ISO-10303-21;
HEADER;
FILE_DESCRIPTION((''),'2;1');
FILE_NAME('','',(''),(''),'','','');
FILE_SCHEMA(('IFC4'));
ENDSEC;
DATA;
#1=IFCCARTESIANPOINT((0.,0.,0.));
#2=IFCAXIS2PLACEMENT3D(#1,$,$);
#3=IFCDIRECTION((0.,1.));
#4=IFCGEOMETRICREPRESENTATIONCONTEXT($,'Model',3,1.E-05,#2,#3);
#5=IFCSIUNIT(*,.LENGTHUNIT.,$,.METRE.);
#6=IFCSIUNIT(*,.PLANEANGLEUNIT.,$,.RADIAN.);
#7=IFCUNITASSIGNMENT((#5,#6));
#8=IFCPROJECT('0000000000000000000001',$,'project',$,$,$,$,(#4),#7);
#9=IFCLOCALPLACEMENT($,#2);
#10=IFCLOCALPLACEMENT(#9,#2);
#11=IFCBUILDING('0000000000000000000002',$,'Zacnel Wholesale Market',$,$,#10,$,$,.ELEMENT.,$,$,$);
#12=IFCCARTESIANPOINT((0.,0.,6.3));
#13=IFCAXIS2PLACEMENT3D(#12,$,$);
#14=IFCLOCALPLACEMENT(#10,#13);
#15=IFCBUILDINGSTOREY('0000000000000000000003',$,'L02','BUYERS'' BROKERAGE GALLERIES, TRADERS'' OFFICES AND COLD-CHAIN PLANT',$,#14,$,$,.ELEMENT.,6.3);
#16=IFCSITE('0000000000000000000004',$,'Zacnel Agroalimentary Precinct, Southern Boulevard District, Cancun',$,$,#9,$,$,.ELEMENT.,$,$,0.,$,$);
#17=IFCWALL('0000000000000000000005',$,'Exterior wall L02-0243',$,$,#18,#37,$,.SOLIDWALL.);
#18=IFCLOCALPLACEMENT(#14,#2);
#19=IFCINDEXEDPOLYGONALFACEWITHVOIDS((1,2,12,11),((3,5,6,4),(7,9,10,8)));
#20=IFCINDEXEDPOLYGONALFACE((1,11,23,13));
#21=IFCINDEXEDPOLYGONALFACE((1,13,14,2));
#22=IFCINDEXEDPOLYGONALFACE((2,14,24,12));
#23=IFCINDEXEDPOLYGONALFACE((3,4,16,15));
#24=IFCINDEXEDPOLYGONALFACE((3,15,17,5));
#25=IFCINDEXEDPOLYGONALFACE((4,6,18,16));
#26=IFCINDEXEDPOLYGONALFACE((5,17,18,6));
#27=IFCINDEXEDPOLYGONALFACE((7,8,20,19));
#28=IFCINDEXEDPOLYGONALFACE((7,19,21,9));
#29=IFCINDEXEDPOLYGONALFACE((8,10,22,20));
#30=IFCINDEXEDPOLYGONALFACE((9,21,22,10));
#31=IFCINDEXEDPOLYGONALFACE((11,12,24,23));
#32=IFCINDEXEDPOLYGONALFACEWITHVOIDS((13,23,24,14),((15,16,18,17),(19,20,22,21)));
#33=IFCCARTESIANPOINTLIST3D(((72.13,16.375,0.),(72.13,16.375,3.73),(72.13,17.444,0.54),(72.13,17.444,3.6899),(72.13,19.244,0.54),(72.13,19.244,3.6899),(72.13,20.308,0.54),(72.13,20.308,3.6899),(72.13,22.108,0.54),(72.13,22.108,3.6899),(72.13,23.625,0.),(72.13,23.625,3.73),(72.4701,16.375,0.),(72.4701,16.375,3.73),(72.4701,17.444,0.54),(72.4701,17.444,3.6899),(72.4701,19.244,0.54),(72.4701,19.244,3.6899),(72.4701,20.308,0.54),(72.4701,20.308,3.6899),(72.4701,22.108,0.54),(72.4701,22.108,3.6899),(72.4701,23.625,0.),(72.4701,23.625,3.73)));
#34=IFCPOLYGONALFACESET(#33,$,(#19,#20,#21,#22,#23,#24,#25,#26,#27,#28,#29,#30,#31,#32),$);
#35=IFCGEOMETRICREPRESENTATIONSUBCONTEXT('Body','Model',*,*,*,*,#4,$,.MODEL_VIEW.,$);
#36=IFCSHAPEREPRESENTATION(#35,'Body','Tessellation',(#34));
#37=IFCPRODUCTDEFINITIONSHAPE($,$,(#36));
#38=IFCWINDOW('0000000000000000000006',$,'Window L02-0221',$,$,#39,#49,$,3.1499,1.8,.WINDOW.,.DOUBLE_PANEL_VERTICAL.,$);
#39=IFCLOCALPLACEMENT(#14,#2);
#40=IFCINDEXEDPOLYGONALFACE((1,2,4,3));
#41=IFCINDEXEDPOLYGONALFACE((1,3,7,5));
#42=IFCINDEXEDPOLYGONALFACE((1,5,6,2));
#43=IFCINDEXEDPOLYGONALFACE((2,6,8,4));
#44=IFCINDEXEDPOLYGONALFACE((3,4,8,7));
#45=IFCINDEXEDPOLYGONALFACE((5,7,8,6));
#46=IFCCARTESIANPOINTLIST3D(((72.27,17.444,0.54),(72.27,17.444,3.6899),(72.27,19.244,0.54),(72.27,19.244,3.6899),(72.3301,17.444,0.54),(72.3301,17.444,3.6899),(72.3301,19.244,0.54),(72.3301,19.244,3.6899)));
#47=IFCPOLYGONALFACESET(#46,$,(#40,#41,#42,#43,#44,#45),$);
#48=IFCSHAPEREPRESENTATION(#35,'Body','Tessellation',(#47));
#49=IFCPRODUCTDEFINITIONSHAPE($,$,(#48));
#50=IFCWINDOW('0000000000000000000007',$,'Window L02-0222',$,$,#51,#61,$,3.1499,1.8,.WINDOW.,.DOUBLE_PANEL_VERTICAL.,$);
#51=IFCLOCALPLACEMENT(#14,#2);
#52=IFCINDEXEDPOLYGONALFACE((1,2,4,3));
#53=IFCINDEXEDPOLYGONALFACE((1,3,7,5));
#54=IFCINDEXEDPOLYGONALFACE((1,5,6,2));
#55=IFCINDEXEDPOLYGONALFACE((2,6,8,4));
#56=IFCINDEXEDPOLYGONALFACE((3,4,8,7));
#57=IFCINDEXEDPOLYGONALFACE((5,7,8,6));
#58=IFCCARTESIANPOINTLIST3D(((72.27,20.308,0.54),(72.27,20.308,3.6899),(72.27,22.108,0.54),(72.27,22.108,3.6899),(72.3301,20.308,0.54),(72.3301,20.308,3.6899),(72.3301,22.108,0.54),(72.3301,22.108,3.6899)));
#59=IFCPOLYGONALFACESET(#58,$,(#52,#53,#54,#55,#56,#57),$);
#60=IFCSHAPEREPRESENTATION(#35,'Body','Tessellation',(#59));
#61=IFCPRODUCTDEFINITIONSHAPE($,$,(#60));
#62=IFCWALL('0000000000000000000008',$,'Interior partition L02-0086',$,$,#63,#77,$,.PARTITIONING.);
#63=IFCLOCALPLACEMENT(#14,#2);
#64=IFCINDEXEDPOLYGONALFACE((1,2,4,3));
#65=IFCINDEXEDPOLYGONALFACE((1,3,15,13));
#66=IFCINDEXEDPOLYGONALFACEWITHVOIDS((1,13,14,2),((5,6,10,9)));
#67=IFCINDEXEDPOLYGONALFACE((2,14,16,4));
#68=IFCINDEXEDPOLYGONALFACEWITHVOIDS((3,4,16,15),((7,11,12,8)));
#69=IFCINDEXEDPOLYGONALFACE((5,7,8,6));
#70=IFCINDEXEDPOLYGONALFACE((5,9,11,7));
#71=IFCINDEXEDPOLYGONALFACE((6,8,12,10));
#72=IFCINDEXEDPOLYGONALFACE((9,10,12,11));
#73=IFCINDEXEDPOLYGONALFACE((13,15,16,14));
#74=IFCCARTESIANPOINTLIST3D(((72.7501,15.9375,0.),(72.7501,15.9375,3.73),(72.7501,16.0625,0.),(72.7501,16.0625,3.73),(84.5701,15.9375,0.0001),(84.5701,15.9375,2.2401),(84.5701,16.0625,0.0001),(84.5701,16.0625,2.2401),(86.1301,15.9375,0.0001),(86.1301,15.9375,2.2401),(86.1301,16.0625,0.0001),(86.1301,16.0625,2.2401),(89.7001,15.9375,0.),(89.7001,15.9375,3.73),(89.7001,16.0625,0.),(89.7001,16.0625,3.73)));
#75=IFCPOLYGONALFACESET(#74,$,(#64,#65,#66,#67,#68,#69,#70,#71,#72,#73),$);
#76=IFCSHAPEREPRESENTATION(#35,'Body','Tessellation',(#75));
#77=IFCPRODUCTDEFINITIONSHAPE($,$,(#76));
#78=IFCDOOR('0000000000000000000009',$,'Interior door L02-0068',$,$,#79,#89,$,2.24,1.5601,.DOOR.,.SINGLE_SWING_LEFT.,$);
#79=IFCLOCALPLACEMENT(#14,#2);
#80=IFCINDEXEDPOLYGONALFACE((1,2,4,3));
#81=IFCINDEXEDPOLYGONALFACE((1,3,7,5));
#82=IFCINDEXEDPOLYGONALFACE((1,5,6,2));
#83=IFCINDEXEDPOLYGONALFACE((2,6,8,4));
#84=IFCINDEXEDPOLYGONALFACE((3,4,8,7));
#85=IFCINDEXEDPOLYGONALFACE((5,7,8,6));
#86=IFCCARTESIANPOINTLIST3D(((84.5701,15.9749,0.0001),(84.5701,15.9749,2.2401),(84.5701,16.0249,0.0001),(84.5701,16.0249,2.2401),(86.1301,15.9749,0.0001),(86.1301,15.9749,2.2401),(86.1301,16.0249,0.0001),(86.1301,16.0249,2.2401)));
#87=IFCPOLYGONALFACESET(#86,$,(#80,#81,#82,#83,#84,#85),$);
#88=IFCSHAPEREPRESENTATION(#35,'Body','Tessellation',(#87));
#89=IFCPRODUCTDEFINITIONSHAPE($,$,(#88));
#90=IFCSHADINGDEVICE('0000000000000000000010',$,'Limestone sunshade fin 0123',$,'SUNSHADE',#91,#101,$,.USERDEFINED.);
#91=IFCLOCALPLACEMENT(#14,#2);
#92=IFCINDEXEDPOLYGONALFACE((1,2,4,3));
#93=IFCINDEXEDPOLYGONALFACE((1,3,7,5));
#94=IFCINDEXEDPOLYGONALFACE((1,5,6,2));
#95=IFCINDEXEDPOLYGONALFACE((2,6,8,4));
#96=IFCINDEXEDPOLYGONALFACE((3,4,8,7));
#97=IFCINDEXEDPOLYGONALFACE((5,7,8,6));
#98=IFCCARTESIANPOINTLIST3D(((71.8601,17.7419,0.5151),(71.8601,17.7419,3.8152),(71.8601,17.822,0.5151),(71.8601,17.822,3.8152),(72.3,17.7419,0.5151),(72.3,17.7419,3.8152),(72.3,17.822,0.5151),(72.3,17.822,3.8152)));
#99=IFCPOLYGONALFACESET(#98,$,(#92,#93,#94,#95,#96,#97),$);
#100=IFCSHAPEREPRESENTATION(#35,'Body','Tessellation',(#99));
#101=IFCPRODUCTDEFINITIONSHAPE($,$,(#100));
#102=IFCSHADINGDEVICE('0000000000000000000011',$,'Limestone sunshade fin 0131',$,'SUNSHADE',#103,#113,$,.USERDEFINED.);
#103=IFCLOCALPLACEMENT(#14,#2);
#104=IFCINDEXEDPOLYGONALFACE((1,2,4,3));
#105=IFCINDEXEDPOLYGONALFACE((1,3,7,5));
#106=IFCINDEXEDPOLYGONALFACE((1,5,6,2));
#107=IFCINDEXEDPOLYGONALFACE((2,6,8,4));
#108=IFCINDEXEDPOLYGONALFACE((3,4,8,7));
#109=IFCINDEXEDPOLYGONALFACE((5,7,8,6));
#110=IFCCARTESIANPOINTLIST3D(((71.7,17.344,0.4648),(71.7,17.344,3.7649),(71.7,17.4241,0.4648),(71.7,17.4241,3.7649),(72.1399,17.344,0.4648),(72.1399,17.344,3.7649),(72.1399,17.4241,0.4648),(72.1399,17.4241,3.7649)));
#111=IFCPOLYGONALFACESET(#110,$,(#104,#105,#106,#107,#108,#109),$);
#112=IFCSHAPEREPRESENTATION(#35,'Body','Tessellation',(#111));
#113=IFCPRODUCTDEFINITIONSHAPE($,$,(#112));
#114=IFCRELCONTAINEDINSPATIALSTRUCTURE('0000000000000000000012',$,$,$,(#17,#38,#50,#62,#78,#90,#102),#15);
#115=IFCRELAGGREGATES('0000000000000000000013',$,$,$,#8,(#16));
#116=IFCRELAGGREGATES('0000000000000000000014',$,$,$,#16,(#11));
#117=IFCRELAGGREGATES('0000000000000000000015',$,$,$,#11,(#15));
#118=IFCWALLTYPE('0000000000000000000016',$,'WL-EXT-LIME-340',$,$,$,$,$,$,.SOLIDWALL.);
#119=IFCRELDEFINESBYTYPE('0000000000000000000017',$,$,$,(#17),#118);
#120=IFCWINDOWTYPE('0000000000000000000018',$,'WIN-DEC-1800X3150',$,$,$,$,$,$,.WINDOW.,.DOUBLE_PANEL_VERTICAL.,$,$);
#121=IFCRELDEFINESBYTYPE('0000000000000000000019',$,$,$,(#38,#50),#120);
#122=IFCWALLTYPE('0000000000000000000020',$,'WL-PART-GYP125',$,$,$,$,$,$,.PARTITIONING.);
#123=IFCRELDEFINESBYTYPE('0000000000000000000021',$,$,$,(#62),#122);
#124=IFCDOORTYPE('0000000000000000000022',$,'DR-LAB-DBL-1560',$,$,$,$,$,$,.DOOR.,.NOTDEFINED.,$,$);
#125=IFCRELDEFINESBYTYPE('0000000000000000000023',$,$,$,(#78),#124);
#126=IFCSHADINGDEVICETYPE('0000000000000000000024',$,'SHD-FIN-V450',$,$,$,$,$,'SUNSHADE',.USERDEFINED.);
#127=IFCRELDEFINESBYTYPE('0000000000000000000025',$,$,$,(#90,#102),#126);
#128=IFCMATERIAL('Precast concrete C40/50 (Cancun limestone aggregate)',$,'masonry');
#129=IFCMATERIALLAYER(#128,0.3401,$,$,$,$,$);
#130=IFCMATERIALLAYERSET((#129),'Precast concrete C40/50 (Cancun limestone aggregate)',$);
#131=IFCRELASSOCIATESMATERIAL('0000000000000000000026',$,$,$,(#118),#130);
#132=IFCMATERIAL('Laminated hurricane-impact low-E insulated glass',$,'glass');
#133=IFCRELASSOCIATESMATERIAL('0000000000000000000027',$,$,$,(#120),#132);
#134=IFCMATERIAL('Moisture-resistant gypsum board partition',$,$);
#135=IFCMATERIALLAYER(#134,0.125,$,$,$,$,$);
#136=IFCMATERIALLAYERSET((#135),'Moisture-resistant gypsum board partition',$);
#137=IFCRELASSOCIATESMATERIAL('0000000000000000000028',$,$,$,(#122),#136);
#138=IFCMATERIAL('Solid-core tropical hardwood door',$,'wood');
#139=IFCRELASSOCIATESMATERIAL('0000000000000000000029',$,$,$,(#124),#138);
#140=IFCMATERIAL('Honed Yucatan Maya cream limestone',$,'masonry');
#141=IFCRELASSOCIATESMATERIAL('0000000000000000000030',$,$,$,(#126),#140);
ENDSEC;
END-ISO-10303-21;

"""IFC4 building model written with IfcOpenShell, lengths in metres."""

from ifc_helpers import new_model, si_unit, direction, frame, frame_2d, origin, origin_2d, place, context, subcontext, project, spatial, rectangle, extrude, material, layer, layer_set, type_object, element, fill, save


model = new_model("IFC4")

# Units and contexts
model_context = context("Model", 3, precision=1e-05, world=origin(), true_north=direction((0.0, 1.0)))
body_context = subcontext(model_context, "Body", "Model", "MODEL_VIEW")
ifc_project = project(units=[si_unit("LENGTHUNIT", "METRE"), si_unit("PLANEANGLEUNIT", "RADIAN")], contexts=[model_context])

# Site, building, storey
site_placement = place(None, origin())
site = spatial("IfcSite", under=ifc_project, at=site_placement, Name="Zacnel Agroalimentary Precinct, Southern Boulevard District, Cancun", CompositionType="ELEMENT", RefElevation=0.0)
building_placement = place(site_placement, origin())
building = spatial("IfcBuilding", under=site, at=building_placement, Name="Zacnel Wholesale Market", CompositionType="ELEMENT")
storey_placement = place(building_placement, frame((0.0, 0.0, 6.3)))
storey = spatial("IfcBuildingStorey", under=building, at=storey_placement, Name="L02", Description="BUYERS' BROKERAGE GALLERIES, TRADERS' OFFICES AND COLD-CHAIN PLANT", CompositionType="ELEMENT", Elevation=6.3)

# Wall, openings, windows
ifc_material_1 = material(Name="Precast concrete C40/50 (Cancun limestone aggregate)", Category="masonry")
ifc_layer_1 = layer(ifc_material_1, 0.3401)
ifc_layer_set_1 = layer_set([ifc_layer_1], Name="Precast concrete C40/50 (Cancun limestone aggregate)")
wall_type_1 = type_object("IfcWallType", Name="WL-EXT-LIME-340", PredefinedType="SOLIDWALL", material=ifc_layer_set_1)
ifc_material_2 = material(Name="Laminated hurricane-impact low-E insulated glass", Category="glass")
window_type = type_object("IfcWindowType", Name="WIN-DEC-1800X3150", PartitioningType="DOUBLE_PANEL_VERTICAL", PredefinedType="WINDOW", material=ifc_material_2)
wall_1_placement = place(storey_placement, frame((72.3, 16.375, 0.0), z_axis=(0.0, 0.0, 1.0), x_axis=(0.0, 1.0, 0.0)))
wall_1 = element("IfcWall", 1, at=wall_1_placement, inside=storey, type_object=wall_type_1, Name="Exterior wall L02-0243", PredefinedType="SOLIDWALL", context=body_context, shape_type="SweptSolid", body=[
    extrude(rectangle(XDim=7.25, YDim=0.3401, at=frame_2d((3.625, 0.0))), origin(), (0.0, 0.0, 1.0), 3.73),
])
opening_1_placement = place(wall_1_placement, frame((1.0691, 0.0, 0.54)))
opening_1 = element("IfcOpeningElement", 2, at=opening_1_placement, cuts=wall_1, PredefinedType="OPENING", context=body_context, shape_type="SweptSolid", body=[
    extrude(rectangle(XDim=1.8, YDim=3.1499, at=frame_2d((0.8999, 1.575))), frame((0.0, 0.1799, 0.0), z_axis=(0.0, -1.0, 0.0), x_axis=(1.0, 0.0, 0.0)), (0.0, 0.0, 1.0), 0.3601),
])
opening_2_placement = place(wall_1_placement, frame((3.9331, 0.0, 0.54)))
opening_2 = element("IfcOpeningElement", 3, at=opening_2_placement, cuts=wall_1, PredefinedType="OPENING", context=body_context, shape_type="SweptSolid", body=[
    extrude(rectangle(XDim=1.8, YDim=3.1499, at=frame_2d((0.8999, 1.575))), frame((0.0, 0.1799, 0.0), z_axis=(0.0, -1.0, 0.0), x_axis=(1.0, 0.0, 0.0)), (0.0, 0.0, 1.0), 0.3601),
])
window_1_placement = place(opening_1_placement, origin())
window_1 = element("IfcWindow", 4, at=window_1_placement, inside=storey, type_object=window_type, Name="Window L02-0221", OverallHeight=3.1499, OverallWidth=1.8, PartitioningType="DOUBLE_PANEL_VERTICAL", PredefinedType="WINDOW", context=body_context, shape_type="SweptSolid", body=[
    extrude(rectangle(XDim=1.8, YDim=3.1499, at=frame_2d((0.8999, 1.575))), frame((0.0, 0.03, 0.0), z_axis=(0.0, -1.0, 0.0), x_axis=(1.0, 0.0, 0.0)), (0.0, 0.0, 1.0), 0.0601),
])
fill(opening_1, window_1)
window_2_placement = place(opening_2_placement, origin())
window_2 = element("IfcWindow", 5, at=window_2_placement, inside=storey, type_object=window_type, Name="Window L02-0222", OverallHeight=3.1499, OverallWidth=1.8, PartitioningType="DOUBLE_PANEL_VERTICAL", PredefinedType="WINDOW", context=body_context, shape_type="SweptSolid", body=[
    extrude(rectangle(XDim=1.8, YDim=3.1499, at=frame_2d((0.8999, 1.575))), frame((0.0, 0.03, 0.0), z_axis=(0.0, -1.0, 0.0), x_axis=(1.0, 0.0, 0.0)), (0.0, 0.0, 1.0), 0.0601),
])
fill(opening_2, window_2)

# Wall, opening, door
ifc_material_3 = material(Name="Moisture-resistant gypsum board partition")
ifc_layer_2 = layer(ifc_material_3, 0.125)
ifc_layer_set_2 = layer_set([ifc_layer_2], Name="Moisture-resistant gypsum board partition")
wall_type_2 = type_object("IfcWallType", Name="WL-PART-GYP125", PredefinedType="PARTITIONING", material=ifc_layer_set_2)
wall_2_placement = place(storey_placement, frame((72.75, 16.0, 0.0), z_axis=(0.0, 0.0, 1.0), x_axis=(1.0, 0.0, 0.0)))
wall_2 = element("IfcWall", 6, at=wall_2_placement, inside=storey, type_object=wall_type_2, Name="Interior partition L02-0086", PredefinedType="PARTITIONING", context=body_context, shape_type="SweptSolid", body=[
    extrude(rectangle(XDim=16.95, YDim=0.125, at=frame_2d((8.4751, 0.0))), origin(), (0.0, 0.0, 1.0), 3.73),
])
opening_3_placement = place(wall_2_placement, frame((11.8201, 0.0, 0.0)))
opening_3 = element("IfcOpeningElement", 7, at=opening_3_placement, cuts=wall_2, PredefinedType="OPENING", context=body_context, shape_type="SweptSolid", body=[
    extrude(rectangle(XDim=1.5601, YDim=2.24, at=frame_2d((0.78, 1.1201))), frame((0.0, 0.0725, 0.0), z_axis=(0.0, -1.0, 0.0), x_axis=(1.0, 0.0, 0.0)), (0.0, 0.0, 1.0), 0.145),
])
ifc_material_4 = material(Name="Solid-core tropical hardwood door", Category="wood")
door_type = type_object("IfcDoorType", Name="DR-LAB-DBL-1560", OperationType="NOTDEFINED", PredefinedType="DOOR", material=ifc_material_4)
door_placement = place(opening_3_placement, origin())
door = element("IfcDoor", 8, at=door_placement, inside=storey, type_object=door_type, Name="Interior door L02-0068", OperationType="SINGLE_SWING_LEFT", OverallHeight=2.24, OverallWidth=1.5601, PredefinedType="DOOR", context=body_context, shape_type="SweptSolid", body=[
    extrude(rectangle(XDim=1.5601, YDim=2.24, at=frame_2d((0.78, 1.1201))), frame((0.0, 0.0249, 0.0), z_axis=(0.0, -1.0, 0.0), x_axis=(1.0, 0.0, 0.0)), (0.0, 0.0, 1.0), 0.05),
])
fill(opening_3, door)

# Shading devices
ifc_material_5 = material(Name="Honed Yucatan Maya cream limestone", Category="masonry")
shading_device_type = type_object("IfcShadingDeviceType", Name="SHD-FIN-V450", ElementType="SUNSHADE", PredefinedType="USERDEFINED", material=ifc_material_5)
for number, where, z_axis, x_axis, name in (
    (9, (72.0801, 17.782, 0.5151), (0.0, 0.0, 1.0), (0.0, 1.0, 0.0), "Limestone sunshade fin 0123"),
    (10, (71.9199, 17.384, 0.4648), (0.0, 0.0, 1.0), (0.0, 1.0, 0.0), "Limestone sunshade fin 0131"),
):
    element("IfcShadingDevice", number, at=place(storey_placement, frame(where, z_axis=z_axis, x_axis=x_axis)), inside=storey, type_object=shading_device_type, Name=name, ObjectType="SUNSHADE", PredefinedType="USERDEFINED", context=body_context, shape_type="SweptSolid", body=[
        extrude(rectangle(XDim=0.0801, YDim=0.4399, at=origin_2d()), origin(), (0.0, 0.0, 1.0), 3.3),
    ])

save(model, "model.ifc")
